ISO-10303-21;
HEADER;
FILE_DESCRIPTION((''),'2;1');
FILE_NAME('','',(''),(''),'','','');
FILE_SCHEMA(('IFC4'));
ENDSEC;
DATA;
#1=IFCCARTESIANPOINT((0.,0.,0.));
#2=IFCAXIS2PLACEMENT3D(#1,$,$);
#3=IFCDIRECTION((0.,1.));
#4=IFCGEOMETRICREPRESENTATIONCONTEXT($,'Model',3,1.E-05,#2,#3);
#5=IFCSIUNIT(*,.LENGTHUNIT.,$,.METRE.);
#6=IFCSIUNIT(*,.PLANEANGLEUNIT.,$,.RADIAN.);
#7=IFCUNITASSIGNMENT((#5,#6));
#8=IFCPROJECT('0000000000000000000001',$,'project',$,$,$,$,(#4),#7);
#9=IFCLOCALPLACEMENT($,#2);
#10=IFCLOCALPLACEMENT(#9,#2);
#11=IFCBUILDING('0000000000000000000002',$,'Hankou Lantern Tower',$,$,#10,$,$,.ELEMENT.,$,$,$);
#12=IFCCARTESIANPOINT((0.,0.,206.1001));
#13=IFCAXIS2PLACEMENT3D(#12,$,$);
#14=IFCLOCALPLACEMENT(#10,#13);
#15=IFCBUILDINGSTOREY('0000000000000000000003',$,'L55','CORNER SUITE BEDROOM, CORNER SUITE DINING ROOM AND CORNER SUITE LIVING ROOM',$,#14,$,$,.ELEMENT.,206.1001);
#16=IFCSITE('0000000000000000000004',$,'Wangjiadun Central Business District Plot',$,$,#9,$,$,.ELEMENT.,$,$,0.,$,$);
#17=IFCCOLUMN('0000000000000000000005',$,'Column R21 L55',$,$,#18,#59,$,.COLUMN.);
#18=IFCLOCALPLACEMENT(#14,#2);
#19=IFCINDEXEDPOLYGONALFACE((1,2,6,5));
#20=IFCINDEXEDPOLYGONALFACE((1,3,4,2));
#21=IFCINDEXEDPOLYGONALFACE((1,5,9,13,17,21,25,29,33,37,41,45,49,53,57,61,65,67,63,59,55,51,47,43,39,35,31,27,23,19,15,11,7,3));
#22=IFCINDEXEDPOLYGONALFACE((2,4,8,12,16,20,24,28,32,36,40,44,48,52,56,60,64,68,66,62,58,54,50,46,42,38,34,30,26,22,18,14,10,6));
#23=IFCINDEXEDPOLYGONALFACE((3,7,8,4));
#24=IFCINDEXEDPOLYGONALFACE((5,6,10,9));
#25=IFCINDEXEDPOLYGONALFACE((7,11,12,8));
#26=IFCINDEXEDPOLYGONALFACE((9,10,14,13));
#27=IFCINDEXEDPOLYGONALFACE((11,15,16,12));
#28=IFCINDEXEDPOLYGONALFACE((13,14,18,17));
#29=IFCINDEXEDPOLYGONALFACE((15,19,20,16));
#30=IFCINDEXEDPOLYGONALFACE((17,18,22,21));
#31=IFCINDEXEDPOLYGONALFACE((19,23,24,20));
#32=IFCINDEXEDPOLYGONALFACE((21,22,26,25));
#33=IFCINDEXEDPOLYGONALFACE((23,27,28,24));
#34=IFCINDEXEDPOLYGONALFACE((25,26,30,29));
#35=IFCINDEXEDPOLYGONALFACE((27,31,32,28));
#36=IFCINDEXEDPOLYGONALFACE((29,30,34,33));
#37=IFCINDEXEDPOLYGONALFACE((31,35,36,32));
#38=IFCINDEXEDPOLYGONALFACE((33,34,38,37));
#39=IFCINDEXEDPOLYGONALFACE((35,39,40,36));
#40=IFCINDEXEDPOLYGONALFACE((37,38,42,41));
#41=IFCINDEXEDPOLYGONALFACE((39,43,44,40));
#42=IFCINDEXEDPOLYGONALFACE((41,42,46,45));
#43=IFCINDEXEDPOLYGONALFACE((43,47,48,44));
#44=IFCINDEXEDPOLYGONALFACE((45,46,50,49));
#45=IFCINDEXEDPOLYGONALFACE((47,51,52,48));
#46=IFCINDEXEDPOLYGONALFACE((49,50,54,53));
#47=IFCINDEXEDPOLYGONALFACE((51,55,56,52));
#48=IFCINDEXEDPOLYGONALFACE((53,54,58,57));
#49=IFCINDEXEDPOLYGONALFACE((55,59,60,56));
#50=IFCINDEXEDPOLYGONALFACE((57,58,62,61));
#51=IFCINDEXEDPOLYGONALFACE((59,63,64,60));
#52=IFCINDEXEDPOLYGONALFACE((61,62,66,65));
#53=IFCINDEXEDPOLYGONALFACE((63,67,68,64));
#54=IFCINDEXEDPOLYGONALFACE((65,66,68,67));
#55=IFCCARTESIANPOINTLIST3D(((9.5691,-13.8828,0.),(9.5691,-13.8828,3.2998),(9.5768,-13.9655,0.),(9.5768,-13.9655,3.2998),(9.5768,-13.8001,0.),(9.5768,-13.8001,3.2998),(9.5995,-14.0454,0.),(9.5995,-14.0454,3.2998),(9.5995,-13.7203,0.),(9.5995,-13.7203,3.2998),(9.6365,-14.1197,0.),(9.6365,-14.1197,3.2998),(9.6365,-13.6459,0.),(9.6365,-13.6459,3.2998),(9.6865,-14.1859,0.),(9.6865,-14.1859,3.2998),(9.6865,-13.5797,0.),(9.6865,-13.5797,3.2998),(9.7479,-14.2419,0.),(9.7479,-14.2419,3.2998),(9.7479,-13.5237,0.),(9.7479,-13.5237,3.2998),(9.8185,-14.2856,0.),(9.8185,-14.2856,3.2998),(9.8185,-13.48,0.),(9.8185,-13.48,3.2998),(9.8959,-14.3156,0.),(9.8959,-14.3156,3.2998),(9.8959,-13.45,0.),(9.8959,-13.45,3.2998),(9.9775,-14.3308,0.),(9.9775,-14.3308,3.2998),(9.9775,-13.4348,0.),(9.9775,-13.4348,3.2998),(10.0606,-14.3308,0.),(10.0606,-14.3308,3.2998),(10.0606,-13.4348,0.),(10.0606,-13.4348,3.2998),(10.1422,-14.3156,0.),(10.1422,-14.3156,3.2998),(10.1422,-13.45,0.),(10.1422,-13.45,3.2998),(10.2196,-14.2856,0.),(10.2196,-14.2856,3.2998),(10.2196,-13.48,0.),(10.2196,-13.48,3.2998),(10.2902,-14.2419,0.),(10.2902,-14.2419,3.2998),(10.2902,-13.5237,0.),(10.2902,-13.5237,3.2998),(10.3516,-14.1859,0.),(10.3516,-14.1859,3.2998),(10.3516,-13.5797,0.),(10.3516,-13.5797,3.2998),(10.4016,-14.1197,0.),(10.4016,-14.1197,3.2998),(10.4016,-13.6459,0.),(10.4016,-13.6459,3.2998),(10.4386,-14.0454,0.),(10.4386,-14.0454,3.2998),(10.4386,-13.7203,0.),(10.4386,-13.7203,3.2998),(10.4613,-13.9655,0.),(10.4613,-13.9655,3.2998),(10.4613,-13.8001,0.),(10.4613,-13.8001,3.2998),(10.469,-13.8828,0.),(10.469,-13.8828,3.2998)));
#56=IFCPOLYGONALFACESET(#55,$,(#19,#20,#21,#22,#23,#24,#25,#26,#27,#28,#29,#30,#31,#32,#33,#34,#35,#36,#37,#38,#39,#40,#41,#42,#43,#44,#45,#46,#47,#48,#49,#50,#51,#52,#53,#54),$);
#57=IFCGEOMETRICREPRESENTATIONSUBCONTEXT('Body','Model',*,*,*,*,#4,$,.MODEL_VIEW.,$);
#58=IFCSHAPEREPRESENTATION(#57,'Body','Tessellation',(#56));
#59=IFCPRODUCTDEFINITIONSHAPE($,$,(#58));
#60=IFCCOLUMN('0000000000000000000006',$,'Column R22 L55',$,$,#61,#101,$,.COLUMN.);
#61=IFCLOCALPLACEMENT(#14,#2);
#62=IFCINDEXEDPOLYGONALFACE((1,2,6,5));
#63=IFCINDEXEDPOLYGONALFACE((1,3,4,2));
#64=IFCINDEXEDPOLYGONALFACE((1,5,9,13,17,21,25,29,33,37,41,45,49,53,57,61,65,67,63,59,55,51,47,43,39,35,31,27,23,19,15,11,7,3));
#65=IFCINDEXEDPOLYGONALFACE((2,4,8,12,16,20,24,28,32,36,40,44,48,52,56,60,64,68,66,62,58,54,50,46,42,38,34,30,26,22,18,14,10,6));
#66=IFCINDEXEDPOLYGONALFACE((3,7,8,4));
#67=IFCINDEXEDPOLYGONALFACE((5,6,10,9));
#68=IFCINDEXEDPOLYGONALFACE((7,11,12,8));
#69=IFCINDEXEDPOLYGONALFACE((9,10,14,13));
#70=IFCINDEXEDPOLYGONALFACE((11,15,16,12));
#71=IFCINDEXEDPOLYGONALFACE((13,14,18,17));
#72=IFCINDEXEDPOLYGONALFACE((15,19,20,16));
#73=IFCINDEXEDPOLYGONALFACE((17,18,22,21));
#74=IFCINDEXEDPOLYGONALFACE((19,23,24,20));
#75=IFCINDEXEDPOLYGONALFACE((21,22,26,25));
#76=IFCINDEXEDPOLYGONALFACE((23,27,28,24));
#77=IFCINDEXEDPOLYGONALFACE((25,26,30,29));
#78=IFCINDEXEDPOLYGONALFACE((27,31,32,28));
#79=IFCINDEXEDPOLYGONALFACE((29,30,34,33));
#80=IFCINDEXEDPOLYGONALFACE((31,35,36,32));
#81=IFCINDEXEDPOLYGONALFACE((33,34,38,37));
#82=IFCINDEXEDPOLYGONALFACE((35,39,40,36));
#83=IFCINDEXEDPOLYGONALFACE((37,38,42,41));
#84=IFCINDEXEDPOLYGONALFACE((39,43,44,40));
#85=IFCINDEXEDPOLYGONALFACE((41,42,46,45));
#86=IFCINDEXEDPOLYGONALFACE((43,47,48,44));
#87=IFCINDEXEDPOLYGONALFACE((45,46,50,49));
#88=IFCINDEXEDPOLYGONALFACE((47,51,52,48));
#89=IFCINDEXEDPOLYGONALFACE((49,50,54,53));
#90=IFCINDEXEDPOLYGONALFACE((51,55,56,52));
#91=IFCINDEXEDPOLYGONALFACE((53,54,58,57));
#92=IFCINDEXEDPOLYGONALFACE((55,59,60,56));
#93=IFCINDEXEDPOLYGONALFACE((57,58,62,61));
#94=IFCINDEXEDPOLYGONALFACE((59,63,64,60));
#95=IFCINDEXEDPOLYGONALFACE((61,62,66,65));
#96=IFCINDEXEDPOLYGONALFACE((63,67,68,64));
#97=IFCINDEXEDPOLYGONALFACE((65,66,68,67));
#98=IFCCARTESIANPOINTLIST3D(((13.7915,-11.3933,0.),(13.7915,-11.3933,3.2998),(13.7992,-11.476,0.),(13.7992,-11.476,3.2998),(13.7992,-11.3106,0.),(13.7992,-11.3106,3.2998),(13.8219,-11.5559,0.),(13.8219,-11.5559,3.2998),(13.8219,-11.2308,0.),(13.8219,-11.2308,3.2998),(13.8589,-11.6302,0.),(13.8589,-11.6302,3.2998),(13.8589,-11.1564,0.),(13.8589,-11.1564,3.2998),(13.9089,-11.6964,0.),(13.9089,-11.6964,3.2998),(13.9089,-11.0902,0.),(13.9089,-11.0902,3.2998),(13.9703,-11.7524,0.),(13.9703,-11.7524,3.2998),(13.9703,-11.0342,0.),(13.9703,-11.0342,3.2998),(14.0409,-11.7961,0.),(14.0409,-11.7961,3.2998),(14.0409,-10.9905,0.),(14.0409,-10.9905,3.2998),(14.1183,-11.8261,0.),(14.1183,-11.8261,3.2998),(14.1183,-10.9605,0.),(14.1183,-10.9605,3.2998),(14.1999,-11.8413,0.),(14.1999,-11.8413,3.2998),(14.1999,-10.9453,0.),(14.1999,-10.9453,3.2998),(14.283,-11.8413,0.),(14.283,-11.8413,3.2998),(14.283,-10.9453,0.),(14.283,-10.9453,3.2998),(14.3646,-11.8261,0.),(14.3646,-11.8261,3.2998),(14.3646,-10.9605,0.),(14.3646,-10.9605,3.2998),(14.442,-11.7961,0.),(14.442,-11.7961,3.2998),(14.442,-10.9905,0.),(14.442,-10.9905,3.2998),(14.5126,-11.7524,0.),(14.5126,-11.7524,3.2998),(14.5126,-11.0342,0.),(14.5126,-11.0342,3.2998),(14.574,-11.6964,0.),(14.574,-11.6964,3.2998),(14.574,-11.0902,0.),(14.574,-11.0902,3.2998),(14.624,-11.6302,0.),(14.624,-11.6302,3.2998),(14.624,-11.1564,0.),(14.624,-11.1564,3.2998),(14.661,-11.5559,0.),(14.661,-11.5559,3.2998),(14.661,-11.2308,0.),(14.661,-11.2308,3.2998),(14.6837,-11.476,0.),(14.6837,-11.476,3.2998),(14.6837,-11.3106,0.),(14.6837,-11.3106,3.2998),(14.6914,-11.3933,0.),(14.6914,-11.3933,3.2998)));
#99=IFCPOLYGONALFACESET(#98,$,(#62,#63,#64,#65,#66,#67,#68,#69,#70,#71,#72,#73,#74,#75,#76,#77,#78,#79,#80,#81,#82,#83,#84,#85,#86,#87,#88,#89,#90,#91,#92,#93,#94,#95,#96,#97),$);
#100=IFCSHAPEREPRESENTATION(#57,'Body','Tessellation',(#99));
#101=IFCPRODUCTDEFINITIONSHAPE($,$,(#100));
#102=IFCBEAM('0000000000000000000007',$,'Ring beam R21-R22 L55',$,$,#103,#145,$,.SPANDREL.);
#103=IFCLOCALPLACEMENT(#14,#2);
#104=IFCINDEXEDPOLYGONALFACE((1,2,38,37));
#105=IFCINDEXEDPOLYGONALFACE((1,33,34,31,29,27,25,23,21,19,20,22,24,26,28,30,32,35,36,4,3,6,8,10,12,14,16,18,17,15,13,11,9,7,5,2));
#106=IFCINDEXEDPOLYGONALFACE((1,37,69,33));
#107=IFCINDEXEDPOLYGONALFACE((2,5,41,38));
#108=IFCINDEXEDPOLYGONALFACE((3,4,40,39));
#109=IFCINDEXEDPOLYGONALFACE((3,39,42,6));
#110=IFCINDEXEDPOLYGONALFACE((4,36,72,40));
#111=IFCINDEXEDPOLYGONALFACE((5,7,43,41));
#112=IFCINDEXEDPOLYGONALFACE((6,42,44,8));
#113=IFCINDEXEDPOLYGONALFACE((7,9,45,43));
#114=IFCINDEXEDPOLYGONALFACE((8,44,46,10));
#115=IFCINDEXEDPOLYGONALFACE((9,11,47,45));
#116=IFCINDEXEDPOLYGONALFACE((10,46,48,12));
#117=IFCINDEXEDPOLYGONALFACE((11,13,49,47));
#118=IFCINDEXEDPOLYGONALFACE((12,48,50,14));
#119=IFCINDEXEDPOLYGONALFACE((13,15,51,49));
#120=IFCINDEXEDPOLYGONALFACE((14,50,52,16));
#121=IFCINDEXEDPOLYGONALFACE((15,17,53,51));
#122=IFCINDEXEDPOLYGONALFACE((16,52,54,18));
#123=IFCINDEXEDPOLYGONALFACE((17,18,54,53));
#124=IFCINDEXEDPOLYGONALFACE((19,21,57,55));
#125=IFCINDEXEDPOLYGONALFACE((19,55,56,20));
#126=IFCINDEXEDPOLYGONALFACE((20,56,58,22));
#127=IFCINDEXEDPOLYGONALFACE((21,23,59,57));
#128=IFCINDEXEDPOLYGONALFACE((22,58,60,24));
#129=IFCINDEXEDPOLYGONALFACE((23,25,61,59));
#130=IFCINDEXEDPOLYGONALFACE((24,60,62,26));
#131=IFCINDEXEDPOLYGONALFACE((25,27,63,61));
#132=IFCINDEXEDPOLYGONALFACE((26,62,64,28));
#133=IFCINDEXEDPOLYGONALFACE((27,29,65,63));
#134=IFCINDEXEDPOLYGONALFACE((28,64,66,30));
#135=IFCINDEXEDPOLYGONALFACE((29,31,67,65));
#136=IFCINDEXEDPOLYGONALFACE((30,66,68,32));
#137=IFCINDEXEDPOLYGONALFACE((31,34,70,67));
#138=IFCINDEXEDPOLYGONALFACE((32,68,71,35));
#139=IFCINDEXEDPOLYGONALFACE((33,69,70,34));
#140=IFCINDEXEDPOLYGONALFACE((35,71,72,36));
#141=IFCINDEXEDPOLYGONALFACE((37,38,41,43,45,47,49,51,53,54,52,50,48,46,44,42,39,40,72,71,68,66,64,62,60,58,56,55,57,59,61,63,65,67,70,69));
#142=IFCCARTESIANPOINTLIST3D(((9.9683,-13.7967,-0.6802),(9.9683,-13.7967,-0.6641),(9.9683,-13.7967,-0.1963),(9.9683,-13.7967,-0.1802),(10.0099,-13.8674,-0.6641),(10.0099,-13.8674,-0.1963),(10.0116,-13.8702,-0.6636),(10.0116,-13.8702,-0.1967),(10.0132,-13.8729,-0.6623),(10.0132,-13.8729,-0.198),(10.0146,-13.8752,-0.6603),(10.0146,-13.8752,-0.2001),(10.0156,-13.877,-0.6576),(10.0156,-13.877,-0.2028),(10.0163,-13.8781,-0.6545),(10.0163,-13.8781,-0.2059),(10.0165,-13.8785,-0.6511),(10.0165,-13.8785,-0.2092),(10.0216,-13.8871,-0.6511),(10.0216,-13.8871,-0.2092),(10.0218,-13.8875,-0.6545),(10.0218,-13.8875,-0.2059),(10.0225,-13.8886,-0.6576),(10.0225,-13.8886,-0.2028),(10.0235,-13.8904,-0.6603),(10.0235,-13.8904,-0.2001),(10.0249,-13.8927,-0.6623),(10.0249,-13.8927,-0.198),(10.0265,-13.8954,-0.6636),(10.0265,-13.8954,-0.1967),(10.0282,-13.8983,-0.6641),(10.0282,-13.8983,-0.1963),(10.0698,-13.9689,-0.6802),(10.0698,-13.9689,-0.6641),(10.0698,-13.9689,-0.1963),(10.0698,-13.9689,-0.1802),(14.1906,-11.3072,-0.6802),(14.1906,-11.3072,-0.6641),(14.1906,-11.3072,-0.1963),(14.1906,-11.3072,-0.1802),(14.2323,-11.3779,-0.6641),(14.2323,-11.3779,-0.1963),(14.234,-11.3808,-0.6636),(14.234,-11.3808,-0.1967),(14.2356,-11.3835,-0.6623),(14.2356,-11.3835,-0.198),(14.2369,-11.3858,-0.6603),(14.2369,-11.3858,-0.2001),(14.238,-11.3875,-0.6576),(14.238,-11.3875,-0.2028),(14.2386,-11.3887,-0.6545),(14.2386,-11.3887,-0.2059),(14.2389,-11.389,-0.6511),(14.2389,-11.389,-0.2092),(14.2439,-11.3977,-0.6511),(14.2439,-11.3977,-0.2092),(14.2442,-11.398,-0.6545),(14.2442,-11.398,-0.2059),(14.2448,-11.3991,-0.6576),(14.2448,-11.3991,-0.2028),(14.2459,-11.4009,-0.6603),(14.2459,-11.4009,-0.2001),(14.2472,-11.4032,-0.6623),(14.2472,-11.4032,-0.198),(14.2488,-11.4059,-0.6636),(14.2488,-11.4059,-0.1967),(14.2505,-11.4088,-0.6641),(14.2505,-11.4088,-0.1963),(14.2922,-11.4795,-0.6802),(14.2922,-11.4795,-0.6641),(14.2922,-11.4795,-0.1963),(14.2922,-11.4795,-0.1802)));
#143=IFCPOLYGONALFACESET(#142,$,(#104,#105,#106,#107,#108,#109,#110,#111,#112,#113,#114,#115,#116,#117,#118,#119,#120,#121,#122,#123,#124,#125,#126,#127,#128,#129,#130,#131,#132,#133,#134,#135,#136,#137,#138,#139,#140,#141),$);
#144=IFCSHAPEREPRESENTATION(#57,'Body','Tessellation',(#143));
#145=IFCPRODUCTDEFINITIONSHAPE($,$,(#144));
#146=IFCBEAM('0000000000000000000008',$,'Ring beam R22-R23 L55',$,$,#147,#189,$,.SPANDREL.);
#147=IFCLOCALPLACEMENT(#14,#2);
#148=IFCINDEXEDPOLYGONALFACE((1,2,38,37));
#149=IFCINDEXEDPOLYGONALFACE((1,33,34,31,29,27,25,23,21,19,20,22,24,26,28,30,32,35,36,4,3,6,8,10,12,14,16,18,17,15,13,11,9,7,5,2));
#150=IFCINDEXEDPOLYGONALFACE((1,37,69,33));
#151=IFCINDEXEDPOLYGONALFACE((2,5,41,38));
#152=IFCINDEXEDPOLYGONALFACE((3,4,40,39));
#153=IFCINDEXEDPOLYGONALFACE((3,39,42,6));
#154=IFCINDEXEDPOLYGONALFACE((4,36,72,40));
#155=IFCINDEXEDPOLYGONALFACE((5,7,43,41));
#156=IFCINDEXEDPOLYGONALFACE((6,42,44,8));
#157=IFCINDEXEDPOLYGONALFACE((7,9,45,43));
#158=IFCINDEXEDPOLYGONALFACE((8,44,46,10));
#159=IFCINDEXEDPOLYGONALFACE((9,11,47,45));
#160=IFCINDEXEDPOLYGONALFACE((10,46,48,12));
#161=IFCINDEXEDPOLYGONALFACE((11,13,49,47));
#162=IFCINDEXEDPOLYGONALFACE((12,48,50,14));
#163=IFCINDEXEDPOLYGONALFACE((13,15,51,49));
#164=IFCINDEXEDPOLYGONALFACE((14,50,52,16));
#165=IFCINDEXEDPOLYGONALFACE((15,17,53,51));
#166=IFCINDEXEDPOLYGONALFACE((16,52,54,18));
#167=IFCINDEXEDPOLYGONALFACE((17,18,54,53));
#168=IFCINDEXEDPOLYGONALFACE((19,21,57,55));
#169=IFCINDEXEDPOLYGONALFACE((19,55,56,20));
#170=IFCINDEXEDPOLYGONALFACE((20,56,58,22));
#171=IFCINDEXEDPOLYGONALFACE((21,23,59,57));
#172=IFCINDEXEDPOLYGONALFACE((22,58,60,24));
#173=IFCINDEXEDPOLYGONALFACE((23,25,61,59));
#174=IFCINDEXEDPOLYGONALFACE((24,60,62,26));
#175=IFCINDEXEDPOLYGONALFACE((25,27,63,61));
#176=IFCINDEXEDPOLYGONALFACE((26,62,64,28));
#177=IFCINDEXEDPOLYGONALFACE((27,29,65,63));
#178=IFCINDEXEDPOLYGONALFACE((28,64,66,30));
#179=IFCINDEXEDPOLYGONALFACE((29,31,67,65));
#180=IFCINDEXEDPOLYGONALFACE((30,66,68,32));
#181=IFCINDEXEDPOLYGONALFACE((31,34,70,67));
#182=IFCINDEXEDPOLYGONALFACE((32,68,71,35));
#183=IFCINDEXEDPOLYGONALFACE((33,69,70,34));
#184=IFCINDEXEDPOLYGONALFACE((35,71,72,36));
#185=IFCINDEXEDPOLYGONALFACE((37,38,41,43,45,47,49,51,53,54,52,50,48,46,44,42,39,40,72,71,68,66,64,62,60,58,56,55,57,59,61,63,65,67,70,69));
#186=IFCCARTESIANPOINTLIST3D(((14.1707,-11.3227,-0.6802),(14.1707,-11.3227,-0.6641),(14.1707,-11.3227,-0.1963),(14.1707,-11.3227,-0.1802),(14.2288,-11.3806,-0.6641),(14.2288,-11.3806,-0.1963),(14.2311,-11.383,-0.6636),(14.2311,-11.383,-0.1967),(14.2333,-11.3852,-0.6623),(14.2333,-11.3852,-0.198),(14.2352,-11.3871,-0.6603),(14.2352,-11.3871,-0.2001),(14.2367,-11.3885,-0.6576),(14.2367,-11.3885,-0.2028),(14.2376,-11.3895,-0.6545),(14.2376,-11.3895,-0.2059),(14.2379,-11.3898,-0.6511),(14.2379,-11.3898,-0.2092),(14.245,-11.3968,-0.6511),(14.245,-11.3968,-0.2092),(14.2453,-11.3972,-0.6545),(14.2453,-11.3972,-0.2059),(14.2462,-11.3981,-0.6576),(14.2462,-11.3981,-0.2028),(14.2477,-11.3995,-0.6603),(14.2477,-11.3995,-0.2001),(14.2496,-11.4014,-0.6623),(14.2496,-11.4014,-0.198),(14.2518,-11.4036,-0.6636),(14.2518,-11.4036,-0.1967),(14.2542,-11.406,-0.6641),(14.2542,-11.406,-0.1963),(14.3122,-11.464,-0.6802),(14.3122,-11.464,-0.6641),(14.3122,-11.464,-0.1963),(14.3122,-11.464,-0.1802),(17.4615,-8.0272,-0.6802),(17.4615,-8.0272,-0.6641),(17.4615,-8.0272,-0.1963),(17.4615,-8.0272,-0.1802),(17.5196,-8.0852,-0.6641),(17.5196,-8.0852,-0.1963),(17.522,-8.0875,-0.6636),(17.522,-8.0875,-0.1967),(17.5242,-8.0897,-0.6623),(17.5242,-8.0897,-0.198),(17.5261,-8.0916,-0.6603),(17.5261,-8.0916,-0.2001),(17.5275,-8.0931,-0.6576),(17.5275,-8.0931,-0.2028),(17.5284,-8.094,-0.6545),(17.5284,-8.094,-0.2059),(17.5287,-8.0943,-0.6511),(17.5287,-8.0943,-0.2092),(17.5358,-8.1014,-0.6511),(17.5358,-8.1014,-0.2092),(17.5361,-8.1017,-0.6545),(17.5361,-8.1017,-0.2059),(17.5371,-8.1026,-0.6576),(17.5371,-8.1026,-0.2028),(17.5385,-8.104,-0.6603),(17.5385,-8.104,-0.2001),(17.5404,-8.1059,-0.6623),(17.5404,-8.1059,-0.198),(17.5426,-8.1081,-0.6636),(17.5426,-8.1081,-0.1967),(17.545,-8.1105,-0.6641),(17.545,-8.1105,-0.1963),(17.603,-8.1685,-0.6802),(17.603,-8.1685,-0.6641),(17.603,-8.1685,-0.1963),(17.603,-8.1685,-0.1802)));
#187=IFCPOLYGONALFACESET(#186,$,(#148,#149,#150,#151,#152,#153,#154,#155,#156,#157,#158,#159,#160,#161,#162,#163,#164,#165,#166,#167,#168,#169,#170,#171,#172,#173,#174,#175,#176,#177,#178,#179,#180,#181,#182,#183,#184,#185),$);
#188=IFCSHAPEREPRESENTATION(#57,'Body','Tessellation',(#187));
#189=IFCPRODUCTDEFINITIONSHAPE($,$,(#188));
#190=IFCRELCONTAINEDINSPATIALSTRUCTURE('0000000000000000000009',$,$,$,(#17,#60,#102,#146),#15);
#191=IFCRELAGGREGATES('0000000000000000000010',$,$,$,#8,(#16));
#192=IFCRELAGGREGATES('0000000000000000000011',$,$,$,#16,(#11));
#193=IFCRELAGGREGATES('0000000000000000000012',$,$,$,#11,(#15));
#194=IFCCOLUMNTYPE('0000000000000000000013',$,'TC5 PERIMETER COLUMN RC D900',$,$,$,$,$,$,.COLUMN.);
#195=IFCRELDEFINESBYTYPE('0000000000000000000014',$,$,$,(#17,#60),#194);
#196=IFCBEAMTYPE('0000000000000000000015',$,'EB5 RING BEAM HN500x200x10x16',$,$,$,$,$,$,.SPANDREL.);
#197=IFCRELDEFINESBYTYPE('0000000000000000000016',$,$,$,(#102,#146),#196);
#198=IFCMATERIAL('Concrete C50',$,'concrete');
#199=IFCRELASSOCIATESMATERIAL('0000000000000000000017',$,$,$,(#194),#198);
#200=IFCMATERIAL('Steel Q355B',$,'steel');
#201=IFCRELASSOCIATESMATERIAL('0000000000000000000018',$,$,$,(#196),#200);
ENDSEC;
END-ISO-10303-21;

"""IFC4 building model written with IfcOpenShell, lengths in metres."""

from ifc_helpers import new_model, si_unit, direction, frame, origin, origin_2d, place, context, subcontext, project, spatial, circle, i_section, extrude, material, material_profile, profile_set, type_object, element, save


model = new_model("IFC4")

# Units and contexts
model_context = context("Model", 3, precision=1e-05, world=origin(), true_north=direction((0.0, 1.0)))
body_context = subcontext(model_context, "Body", "Model", "MODEL_VIEW")
ifc_project = project(units=[si_unit("LENGTHUNIT", "METRE"), si_unit("PLANEANGLEUNIT", "RADIAN")], contexts=[model_context])

# Site, building, storey
site_placement = place(None, origin())
site = spatial("IfcSite", under=ifc_project, at=site_placement, Name="Wangjiadun Central Business District Plot", CompositionType="ELEMENT", RefElevation=0.0)
building_placement = place(site_placement, origin())
building = spatial("IfcBuilding", under=site, at=building_placement, Name="Hankou Lantern Tower", CompositionType="ELEMENT")
storey_placement = place(building_placement, frame((0.0, 0.0, 206.1001)))
storey = spatial("IfcBuildingStorey", under=building, at=storey_placement, Name="L55", Description="CORNER SUITE BEDROOM, CORNER SUITE DINING ROOM AND CORNER SUITE LIVING ROOM", CompositionType="ELEMENT", Elevation=206.1001)

# Columns
ifc_material_1 = material(Name="Concrete C50", Category="concrete")
ifc_material_profile_1 = material_profile(ifc_material_1, circle(Radius=0.45, at=origin_2d()), Name="RC D900")
ifc_profile_set_1 = profile_set([ifc_material_profile_1], Name="Concrete C50")
column_type = type_object("IfcColumnType", Name="TC5 PERIMETER COLUMN RC D900", PredefinedType="COLUMN", material=ifc_profile_set_1)
for number, where, z_axis, x_axis, name in (
    (1, (10.019, -13.8828, 0.0), (0.0, 0.0, 1.0), (1.0, 0.0, 0.0), "Column R21 L55"),
    (2, (14.2415, -11.3933, 0.0), (0.0, 0.0, 1.0), (1.0, 0.0, 0.0), "Column R22 L55"),
):
    element("IfcColumn", number, at=place(storey_placement, frame(where, z_axis=z_axis, x_axis=x_axis)), inside=storey, type_object=column_type, Name=name, PredefinedType="COLUMN", context=body_context, shape_type="SweptSolid", body=[
        extrude(circle(Radius=0.45, at=origin_2d()), origin(), (0.0, 0.0, 1.0), 3.2998),
    ])

# Beams
ifc_material_2 = material(Name="Steel Q355B", Category="steel")
ifc_material_profile_2 = material_profile(ifc_material_2, i_section(OverallWidth=0.2, OverallDepth=0.5, WebThickness=0.01, FlangeThickness=0.0161, FilletRadius=0.0129, at=origin_2d()), Name="HN500x200x10x16")
ifc_profile_set_2 = profile_set([ifc_material_profile_2], Name="Steel Q355B")
beam_type_1 = type_object("IfcBeamType", Name="EB5 RING BEAM HN500x200x10x16", PredefinedType="SPANDREL", material=ifc_profile_set_2)
beam_1_placement = place(storey_placement, frame((10.019, -13.8828, -0.4302), z_axis=(0.861423, 0.507888, 0.0), x_axis=(-0.507888, 0.861423, 0.0)))
element("IfcBeam", 3, at=beam_1_placement, inside=storey, type_object=beam_type_1, Name="Ring beam R21-R22 L55", PredefinedType="SPANDREL", context=body_context, shape_type="SweptSolid", body=[
    extrude(i_section(OverallWidth=0.2, OverallDepth=0.5, WebThickness=0.01, FlangeThickness=0.0161, FilletRadius=0.0129, at=origin_2d()), origin(), (0.0, 0.0, 1.0), 4.9016),
])
beam_2_placement = place(storey_placement, frame((14.2415, -11.3933, -0.4302), z_axis=(0.706609, 0.707605, 0.0), x_axis=(-0.707605, 0.706609, 0.0)))
element("IfcBeam", 4, at=beam_2_placement, inside=storey, type_object=beam_type_1, Name="Ring beam R22-R23 L55", PredefinedType="SPANDREL", context=body_context, shape_type="SweptSolid", body=[
    extrude(i_section(OverallWidth=0.2, OverallDepth=0.5, WebThickness=0.01, FlangeThickness=0.0161, FilletRadius=0.0129, at=origin_2d()), origin(), (0.0, 0.0, 1.0), 4.6572),
])

save(model, "model.ifc")
